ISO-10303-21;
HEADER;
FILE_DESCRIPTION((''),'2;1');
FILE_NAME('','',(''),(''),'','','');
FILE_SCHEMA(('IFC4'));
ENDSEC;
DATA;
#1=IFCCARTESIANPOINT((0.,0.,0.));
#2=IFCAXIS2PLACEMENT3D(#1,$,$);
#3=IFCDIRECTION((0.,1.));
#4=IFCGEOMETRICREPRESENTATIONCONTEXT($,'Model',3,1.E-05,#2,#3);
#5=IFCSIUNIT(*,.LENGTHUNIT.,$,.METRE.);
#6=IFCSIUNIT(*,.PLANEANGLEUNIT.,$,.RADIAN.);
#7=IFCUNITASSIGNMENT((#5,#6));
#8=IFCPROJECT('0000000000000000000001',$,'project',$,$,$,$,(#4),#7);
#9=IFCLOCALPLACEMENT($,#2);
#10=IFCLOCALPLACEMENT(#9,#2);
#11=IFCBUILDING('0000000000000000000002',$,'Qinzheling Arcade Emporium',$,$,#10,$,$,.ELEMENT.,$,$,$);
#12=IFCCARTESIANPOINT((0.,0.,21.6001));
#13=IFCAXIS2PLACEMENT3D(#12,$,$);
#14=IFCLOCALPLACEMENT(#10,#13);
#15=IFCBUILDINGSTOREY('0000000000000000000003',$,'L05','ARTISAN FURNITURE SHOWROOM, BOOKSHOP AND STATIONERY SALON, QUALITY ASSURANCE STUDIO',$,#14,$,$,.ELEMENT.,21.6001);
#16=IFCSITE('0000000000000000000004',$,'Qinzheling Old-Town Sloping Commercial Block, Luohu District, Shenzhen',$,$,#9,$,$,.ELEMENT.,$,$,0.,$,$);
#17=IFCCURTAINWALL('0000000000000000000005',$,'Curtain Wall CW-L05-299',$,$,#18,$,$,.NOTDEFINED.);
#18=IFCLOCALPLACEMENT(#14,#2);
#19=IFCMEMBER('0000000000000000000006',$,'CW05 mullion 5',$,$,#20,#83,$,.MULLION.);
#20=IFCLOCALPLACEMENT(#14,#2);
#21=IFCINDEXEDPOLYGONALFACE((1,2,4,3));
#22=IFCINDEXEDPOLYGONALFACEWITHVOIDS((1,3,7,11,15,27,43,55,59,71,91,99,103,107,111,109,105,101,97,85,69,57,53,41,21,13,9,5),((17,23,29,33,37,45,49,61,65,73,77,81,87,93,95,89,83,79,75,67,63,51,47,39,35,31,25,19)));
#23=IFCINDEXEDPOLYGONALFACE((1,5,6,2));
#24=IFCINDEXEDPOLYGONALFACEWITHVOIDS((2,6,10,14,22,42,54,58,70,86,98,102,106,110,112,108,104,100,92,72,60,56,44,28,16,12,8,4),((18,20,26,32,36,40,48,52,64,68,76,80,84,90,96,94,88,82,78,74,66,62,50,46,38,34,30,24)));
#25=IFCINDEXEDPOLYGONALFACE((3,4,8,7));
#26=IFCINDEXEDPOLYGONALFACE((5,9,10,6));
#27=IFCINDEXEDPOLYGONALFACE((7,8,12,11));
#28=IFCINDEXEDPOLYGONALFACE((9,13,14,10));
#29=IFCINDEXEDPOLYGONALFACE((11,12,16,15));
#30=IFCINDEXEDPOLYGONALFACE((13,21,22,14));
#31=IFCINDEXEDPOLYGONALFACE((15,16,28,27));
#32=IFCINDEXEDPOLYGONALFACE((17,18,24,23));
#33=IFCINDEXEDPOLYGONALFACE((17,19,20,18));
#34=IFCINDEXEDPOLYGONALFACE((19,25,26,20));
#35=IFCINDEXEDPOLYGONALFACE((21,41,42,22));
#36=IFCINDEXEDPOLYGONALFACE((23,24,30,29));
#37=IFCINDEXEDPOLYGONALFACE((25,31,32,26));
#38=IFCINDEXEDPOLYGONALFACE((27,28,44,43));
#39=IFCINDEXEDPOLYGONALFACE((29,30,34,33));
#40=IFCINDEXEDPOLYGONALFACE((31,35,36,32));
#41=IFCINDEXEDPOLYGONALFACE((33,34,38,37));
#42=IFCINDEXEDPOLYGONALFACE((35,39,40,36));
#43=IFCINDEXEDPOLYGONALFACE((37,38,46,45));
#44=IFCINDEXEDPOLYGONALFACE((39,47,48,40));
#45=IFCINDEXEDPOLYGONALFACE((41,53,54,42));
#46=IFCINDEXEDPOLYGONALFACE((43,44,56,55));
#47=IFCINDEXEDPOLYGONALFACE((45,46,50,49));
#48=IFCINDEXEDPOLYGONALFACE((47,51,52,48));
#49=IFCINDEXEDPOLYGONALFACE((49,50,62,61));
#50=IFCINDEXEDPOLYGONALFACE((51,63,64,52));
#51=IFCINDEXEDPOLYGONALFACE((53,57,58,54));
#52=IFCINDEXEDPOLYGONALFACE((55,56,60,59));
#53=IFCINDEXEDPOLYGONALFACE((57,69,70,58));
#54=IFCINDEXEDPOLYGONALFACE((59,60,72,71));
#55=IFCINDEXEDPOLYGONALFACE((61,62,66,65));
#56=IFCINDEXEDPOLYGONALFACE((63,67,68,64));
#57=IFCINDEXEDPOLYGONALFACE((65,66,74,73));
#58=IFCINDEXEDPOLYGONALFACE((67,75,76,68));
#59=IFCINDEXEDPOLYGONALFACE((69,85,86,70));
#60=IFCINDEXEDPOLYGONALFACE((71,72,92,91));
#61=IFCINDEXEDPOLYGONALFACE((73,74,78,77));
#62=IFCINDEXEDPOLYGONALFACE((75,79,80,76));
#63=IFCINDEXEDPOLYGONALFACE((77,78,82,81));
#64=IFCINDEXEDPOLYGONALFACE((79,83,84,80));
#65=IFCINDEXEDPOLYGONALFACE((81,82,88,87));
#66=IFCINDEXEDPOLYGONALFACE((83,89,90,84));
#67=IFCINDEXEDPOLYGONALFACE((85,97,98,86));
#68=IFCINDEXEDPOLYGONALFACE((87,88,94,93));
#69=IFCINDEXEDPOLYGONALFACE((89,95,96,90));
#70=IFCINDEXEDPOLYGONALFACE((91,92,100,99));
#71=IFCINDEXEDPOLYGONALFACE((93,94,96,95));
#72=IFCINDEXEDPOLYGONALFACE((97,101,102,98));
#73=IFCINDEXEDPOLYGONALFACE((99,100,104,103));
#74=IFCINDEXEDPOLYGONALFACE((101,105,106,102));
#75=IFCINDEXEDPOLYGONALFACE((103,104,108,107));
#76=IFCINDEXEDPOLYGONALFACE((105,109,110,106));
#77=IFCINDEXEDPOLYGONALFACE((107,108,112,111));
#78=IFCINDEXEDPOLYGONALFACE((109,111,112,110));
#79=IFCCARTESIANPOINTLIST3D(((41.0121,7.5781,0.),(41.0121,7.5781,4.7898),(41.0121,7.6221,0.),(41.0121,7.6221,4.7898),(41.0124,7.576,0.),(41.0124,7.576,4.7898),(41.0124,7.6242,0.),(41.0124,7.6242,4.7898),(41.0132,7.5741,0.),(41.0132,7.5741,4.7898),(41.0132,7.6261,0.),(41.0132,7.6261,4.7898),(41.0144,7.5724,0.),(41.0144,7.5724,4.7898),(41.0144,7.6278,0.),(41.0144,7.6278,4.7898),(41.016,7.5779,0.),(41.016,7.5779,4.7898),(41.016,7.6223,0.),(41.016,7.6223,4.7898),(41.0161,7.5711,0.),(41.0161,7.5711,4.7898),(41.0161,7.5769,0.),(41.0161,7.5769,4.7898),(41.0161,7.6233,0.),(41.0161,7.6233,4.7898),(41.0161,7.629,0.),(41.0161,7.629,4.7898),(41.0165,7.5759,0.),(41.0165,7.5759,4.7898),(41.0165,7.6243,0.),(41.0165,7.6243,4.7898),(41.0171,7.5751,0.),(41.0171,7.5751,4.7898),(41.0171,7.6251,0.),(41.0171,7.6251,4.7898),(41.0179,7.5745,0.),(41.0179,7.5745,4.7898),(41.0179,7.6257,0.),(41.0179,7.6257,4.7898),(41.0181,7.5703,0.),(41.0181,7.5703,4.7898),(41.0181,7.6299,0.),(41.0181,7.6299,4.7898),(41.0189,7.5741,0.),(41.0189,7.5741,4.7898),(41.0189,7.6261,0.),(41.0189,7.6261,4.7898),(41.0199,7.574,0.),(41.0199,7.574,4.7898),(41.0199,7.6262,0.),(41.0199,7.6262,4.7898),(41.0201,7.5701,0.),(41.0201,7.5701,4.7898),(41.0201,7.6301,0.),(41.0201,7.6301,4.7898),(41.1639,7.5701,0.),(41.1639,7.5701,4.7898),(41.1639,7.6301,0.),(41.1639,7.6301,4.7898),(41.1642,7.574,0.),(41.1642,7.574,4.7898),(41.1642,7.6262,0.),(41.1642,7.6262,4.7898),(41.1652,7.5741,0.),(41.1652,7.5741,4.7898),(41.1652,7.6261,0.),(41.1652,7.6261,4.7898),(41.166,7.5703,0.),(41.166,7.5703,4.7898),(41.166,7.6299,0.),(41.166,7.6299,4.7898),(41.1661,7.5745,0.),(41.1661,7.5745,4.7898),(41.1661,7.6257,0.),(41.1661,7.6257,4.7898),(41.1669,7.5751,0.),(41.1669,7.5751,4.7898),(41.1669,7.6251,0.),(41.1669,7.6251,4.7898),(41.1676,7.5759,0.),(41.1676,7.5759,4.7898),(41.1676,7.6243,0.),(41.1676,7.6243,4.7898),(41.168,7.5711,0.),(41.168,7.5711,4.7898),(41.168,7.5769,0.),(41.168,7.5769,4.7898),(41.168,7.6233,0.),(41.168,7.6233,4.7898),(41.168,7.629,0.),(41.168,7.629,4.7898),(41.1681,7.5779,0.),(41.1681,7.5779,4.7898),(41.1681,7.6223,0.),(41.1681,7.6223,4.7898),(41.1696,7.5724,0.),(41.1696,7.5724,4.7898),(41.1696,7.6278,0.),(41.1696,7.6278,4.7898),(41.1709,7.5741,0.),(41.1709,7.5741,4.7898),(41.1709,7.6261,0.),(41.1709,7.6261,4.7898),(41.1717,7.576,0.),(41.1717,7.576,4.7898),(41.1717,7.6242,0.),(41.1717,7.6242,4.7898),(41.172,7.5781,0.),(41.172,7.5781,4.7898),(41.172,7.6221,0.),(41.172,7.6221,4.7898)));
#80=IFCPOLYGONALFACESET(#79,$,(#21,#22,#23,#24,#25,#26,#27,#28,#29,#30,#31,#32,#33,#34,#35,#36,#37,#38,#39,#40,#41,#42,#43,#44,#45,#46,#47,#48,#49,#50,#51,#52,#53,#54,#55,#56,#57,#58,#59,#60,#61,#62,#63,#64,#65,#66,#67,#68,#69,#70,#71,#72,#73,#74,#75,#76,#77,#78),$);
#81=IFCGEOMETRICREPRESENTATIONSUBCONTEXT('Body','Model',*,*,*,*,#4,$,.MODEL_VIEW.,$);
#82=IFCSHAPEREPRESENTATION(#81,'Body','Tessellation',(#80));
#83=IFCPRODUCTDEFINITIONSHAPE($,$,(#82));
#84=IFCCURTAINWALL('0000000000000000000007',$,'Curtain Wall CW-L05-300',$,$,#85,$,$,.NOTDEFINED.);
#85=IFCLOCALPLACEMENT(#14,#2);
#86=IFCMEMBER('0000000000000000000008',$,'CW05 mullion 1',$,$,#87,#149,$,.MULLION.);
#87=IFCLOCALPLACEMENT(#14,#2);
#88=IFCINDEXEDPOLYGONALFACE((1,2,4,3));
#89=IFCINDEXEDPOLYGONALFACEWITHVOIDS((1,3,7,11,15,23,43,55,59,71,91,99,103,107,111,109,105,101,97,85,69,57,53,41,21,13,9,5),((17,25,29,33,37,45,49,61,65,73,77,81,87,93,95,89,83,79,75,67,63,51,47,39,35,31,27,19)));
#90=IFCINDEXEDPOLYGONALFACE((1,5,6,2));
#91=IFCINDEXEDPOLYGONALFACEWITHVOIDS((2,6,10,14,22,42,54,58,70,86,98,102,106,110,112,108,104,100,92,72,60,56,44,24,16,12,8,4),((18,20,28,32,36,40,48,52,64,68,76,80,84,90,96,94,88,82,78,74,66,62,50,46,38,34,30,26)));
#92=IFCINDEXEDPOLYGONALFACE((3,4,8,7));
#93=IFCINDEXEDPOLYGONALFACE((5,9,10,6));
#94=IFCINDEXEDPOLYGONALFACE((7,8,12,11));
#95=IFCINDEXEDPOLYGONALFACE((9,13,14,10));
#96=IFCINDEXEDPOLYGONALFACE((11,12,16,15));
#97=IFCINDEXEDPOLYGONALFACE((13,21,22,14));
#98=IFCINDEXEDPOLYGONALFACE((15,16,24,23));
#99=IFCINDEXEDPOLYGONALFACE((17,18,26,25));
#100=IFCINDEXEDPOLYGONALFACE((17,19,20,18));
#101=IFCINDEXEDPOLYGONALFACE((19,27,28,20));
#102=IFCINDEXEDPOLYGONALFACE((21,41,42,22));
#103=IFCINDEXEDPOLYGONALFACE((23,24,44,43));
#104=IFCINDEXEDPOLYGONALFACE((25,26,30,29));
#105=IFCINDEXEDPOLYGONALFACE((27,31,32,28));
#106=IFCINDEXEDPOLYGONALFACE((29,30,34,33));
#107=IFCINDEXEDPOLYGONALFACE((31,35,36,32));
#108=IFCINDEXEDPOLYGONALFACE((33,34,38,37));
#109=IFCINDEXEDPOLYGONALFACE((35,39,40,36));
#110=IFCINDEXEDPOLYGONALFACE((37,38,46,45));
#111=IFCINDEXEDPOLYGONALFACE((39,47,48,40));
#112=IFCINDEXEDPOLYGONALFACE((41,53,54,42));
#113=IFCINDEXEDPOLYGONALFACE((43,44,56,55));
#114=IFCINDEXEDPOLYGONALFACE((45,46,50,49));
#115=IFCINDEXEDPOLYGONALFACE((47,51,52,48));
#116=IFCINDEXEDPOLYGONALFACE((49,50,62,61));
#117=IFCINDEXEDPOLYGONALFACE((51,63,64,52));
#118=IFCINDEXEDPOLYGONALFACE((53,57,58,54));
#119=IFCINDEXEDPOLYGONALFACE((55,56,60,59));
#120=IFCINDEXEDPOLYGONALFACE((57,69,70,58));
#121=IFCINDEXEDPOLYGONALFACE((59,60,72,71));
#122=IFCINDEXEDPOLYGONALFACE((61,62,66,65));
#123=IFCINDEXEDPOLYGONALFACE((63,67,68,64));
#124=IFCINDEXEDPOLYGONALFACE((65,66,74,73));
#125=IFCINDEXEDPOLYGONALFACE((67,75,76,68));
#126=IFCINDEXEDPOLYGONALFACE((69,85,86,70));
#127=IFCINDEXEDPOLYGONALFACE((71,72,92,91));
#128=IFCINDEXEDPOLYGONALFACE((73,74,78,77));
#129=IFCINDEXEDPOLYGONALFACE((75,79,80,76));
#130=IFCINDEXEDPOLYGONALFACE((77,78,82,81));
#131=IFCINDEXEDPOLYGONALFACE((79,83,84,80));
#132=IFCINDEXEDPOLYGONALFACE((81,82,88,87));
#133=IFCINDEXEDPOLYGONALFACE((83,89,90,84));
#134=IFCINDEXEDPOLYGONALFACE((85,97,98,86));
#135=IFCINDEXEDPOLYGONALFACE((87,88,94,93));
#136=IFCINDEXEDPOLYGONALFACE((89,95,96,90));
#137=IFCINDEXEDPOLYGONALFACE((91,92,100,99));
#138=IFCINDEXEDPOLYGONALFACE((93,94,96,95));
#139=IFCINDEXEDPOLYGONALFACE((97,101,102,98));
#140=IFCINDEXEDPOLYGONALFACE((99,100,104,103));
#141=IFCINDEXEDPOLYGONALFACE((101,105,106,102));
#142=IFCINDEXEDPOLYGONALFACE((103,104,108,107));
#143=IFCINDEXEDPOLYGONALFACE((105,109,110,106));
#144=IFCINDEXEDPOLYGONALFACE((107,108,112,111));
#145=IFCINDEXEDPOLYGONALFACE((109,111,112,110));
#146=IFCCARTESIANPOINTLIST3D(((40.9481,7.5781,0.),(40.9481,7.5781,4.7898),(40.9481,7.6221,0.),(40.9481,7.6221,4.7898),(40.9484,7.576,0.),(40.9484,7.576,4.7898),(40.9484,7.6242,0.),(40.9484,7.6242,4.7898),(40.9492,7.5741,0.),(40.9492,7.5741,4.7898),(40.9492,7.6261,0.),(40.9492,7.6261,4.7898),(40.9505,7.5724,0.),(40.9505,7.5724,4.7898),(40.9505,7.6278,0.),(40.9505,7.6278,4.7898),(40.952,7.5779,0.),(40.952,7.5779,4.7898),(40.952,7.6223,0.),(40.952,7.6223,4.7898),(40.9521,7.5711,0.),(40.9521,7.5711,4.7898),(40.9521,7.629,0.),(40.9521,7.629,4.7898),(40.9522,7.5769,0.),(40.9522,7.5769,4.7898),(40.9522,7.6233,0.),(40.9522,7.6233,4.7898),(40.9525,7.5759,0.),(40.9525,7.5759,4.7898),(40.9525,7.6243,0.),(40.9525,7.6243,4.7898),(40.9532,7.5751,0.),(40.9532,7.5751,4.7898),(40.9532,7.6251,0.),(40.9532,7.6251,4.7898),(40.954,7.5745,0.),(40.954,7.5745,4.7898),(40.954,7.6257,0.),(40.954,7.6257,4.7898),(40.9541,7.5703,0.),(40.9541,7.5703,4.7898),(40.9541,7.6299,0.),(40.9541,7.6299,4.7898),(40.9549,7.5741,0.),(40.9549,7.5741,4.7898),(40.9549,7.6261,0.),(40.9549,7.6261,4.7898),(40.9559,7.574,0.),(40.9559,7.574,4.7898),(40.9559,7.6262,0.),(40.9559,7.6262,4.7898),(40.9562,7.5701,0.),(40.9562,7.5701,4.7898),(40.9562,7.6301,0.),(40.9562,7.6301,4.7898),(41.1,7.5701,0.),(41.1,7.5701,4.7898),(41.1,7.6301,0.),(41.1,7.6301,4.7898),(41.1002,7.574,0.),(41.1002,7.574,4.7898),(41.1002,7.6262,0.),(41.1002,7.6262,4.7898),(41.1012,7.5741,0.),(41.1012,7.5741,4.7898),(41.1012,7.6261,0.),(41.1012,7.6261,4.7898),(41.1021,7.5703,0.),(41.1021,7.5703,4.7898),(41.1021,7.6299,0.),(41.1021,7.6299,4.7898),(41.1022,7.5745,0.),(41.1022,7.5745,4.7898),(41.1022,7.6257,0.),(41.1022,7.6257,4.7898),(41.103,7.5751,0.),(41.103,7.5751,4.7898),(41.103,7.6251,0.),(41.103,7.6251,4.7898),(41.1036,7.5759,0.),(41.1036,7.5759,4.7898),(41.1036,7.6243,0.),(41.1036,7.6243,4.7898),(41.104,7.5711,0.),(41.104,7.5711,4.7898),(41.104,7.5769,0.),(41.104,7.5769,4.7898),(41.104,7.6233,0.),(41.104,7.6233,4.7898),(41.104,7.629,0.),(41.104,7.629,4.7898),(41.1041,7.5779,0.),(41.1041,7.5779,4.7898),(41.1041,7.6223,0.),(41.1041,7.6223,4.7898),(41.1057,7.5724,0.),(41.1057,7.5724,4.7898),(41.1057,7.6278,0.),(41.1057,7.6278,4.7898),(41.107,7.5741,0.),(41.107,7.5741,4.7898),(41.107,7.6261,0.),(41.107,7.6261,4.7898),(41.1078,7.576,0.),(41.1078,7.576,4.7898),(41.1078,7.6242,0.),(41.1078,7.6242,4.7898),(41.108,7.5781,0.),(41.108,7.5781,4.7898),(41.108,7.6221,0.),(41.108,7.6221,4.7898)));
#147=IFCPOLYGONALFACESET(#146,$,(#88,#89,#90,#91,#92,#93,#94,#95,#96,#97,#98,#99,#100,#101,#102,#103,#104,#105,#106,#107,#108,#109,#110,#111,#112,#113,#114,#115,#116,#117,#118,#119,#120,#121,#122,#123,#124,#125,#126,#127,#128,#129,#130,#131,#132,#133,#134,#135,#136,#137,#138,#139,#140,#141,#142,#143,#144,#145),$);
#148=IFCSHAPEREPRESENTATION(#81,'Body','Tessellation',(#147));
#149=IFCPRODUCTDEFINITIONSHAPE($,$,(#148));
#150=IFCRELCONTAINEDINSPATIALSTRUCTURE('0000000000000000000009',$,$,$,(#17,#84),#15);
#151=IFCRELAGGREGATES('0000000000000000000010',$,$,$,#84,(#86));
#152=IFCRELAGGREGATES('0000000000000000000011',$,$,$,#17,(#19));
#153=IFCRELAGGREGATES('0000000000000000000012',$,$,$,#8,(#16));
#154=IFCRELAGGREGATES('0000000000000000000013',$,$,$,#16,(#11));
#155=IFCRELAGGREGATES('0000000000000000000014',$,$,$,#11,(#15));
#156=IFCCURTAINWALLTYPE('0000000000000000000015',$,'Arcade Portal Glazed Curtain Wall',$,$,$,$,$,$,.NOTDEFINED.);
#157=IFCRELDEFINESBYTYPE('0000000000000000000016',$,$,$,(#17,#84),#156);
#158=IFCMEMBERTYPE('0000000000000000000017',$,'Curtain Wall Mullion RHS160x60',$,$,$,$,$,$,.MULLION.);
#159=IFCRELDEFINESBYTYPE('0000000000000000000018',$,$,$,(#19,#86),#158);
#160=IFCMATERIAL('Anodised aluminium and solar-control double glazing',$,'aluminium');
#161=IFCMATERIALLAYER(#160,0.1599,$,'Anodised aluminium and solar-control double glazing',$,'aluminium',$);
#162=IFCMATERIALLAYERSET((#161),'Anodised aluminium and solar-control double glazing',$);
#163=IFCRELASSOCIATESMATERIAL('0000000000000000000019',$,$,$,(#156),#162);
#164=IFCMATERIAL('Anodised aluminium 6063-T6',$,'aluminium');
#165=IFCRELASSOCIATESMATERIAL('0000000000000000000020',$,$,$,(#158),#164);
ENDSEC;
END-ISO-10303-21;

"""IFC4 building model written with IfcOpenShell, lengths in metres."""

from ifc_helpers import new_model, si_unit, direction, frame, origin, origin_2d, place, context, subcontext, project, spatial, hollow_rectangle, extrude, material, layer, layer_set, material_profile, profile_set, type_object, element, aggregate, save


model = new_model("IFC4")

# Units and contexts
model_context = context("Model", 3, precision=1e-05, world=origin(), true_north=direction((0.0, 1.0)))
body_context = subcontext(model_context, "Body", "Model", "MODEL_VIEW")
ifc_project = project(units=[si_unit("LENGTHUNIT", "METRE"), si_unit("PLANEANGLEUNIT", "RADIAN")], contexts=[model_context])

# Site, building, storey
site_placement = place(None, origin())
site = spatial("IfcSite", under=ifc_project, at=site_placement, Name="Qinzheling Old-Town Sloping Commercial Block, Luohu District, Shenzhen", CompositionType="ELEMENT", RefElevation=0.0)
building_placement = place(site_placement, origin())
building = spatial("IfcBuilding", under=site, at=building_placement, Name="Qinzheling Arcade Emporium", CompositionType="ELEMENT")
storey_placement = place(building_placement, frame((0.0, 0.0, 21.6001)))
storey = spatial("IfcBuildingStorey", under=building, at=storey_placement, Name="L05", Description="ARTISAN FURNITURE SHOWROOM, BOOKSHOP AND STATIONERY SALON, QUALITY ASSURANCE STUDIO", CompositionType="ELEMENT", Elevation=21.6001)

# Curtain wall, member
ifc_material_1 = material(Name="Anodised aluminium and solar-control double glazing", Category="aluminium")
ifc_layer_1 = layer(ifc_material_1, 0.1599, Name="Anodised aluminium and solar-control double glazing", Category="aluminium")
ifc_layer_set_1 = layer_set([ifc_layer_1], Name="Anodised aluminium and solar-control double glazing")
curtain_wall_type = type_object("IfcCurtainWallType", Name="Arcade Portal Glazed Curtain Wall", PredefinedType="NOTDEFINED", material=ifc_layer_set_1)
curtain_wall_1_placement = place(storey_placement, origin())
curtain_wall_1 = element("IfcCurtainWall", 1, at=curtain_wall_1_placement, inside=storey, type_object=curtain_wall_type, Name="Curtain Wall CW-L05-299", PredefinedType="NOTDEFINED")
ifc_material_2 = material(Name="Anodised aluminium 6063-T6", Category="aluminium")
ifc_material_profile_1 = material_profile(ifc_material_2, hollow_rectangle(XDim=0.0601, YDim=0.1599, WallThickness=0.0039, InnerFilletRadius=0.0039, OuterFilletRadius=0.0081, at=origin_2d()), Name="RHS 160x60x4", Category="aluminium")
ifc_profile_set_1 = profile_set([ifc_material_profile_1], Name="Anodised aluminium 6063-T6")
member_type_1 = type_object("IfcMemberType", Name="Curtain Wall Mullion RHS160x60", PredefinedType="MULLION", material=ifc_profile_set_1)
member_1_placement = place(storey_placement, frame((41.092, 7.6001, 0.0), z_axis=(0.0, 0.0, 1.0), x_axis=(0.0, -1.0, 0.0)))
member_1 = element("IfcMember", 2, at=member_1_placement, type_object=member_type_1, Name="CW05 mullion 5", PredefinedType="MULLION", context=body_context, shape_type="SweptSolid", body=[
    extrude(hollow_rectangle(XDim=0.0601, YDim=0.1599, WallThickness=0.0039, InnerFilletRadius=0.0039, OuterFilletRadius=0.0081, at=origin_2d()), origin(), (0.0, 0.0, 1.0), 4.7898),
])

# Curtain wall, member
curtain_wall_2_placement = place(storey_placement, origin())
curtain_wall_2 = element("IfcCurtainWall", 3, at=curtain_wall_2_placement, inside=storey, type_object=curtain_wall_type, Name="Curtain Wall CW-L05-300", PredefinedType="NOTDEFINED")
member_2_placement = place(storey_placement, frame((41.0281, 7.6001, 0.0), z_axis=(0.0, 0.0, 1.0), x_axis=(0.0, -1.0, 0.0)))
member_2 = element("IfcMember", 4, at=member_2_placement, type_object=member_type_1, Name="CW05 mullion 1", PredefinedType="MULLION", context=body_context, shape_type="SweptSolid", body=[
    extrude(hollow_rectangle(XDim=0.0601, YDim=0.1599, WallThickness=0.0039, InnerFilletRadius=0.0039, OuterFilletRadius=0.0081, at=origin_2d()), origin(), (0.0, 0.0, 1.0), 4.7898),
])
aggregate(curtain_wall_2, [member_2])

aggregate(curtain_wall_1, [member_1])

save(model, "model.ifc")
